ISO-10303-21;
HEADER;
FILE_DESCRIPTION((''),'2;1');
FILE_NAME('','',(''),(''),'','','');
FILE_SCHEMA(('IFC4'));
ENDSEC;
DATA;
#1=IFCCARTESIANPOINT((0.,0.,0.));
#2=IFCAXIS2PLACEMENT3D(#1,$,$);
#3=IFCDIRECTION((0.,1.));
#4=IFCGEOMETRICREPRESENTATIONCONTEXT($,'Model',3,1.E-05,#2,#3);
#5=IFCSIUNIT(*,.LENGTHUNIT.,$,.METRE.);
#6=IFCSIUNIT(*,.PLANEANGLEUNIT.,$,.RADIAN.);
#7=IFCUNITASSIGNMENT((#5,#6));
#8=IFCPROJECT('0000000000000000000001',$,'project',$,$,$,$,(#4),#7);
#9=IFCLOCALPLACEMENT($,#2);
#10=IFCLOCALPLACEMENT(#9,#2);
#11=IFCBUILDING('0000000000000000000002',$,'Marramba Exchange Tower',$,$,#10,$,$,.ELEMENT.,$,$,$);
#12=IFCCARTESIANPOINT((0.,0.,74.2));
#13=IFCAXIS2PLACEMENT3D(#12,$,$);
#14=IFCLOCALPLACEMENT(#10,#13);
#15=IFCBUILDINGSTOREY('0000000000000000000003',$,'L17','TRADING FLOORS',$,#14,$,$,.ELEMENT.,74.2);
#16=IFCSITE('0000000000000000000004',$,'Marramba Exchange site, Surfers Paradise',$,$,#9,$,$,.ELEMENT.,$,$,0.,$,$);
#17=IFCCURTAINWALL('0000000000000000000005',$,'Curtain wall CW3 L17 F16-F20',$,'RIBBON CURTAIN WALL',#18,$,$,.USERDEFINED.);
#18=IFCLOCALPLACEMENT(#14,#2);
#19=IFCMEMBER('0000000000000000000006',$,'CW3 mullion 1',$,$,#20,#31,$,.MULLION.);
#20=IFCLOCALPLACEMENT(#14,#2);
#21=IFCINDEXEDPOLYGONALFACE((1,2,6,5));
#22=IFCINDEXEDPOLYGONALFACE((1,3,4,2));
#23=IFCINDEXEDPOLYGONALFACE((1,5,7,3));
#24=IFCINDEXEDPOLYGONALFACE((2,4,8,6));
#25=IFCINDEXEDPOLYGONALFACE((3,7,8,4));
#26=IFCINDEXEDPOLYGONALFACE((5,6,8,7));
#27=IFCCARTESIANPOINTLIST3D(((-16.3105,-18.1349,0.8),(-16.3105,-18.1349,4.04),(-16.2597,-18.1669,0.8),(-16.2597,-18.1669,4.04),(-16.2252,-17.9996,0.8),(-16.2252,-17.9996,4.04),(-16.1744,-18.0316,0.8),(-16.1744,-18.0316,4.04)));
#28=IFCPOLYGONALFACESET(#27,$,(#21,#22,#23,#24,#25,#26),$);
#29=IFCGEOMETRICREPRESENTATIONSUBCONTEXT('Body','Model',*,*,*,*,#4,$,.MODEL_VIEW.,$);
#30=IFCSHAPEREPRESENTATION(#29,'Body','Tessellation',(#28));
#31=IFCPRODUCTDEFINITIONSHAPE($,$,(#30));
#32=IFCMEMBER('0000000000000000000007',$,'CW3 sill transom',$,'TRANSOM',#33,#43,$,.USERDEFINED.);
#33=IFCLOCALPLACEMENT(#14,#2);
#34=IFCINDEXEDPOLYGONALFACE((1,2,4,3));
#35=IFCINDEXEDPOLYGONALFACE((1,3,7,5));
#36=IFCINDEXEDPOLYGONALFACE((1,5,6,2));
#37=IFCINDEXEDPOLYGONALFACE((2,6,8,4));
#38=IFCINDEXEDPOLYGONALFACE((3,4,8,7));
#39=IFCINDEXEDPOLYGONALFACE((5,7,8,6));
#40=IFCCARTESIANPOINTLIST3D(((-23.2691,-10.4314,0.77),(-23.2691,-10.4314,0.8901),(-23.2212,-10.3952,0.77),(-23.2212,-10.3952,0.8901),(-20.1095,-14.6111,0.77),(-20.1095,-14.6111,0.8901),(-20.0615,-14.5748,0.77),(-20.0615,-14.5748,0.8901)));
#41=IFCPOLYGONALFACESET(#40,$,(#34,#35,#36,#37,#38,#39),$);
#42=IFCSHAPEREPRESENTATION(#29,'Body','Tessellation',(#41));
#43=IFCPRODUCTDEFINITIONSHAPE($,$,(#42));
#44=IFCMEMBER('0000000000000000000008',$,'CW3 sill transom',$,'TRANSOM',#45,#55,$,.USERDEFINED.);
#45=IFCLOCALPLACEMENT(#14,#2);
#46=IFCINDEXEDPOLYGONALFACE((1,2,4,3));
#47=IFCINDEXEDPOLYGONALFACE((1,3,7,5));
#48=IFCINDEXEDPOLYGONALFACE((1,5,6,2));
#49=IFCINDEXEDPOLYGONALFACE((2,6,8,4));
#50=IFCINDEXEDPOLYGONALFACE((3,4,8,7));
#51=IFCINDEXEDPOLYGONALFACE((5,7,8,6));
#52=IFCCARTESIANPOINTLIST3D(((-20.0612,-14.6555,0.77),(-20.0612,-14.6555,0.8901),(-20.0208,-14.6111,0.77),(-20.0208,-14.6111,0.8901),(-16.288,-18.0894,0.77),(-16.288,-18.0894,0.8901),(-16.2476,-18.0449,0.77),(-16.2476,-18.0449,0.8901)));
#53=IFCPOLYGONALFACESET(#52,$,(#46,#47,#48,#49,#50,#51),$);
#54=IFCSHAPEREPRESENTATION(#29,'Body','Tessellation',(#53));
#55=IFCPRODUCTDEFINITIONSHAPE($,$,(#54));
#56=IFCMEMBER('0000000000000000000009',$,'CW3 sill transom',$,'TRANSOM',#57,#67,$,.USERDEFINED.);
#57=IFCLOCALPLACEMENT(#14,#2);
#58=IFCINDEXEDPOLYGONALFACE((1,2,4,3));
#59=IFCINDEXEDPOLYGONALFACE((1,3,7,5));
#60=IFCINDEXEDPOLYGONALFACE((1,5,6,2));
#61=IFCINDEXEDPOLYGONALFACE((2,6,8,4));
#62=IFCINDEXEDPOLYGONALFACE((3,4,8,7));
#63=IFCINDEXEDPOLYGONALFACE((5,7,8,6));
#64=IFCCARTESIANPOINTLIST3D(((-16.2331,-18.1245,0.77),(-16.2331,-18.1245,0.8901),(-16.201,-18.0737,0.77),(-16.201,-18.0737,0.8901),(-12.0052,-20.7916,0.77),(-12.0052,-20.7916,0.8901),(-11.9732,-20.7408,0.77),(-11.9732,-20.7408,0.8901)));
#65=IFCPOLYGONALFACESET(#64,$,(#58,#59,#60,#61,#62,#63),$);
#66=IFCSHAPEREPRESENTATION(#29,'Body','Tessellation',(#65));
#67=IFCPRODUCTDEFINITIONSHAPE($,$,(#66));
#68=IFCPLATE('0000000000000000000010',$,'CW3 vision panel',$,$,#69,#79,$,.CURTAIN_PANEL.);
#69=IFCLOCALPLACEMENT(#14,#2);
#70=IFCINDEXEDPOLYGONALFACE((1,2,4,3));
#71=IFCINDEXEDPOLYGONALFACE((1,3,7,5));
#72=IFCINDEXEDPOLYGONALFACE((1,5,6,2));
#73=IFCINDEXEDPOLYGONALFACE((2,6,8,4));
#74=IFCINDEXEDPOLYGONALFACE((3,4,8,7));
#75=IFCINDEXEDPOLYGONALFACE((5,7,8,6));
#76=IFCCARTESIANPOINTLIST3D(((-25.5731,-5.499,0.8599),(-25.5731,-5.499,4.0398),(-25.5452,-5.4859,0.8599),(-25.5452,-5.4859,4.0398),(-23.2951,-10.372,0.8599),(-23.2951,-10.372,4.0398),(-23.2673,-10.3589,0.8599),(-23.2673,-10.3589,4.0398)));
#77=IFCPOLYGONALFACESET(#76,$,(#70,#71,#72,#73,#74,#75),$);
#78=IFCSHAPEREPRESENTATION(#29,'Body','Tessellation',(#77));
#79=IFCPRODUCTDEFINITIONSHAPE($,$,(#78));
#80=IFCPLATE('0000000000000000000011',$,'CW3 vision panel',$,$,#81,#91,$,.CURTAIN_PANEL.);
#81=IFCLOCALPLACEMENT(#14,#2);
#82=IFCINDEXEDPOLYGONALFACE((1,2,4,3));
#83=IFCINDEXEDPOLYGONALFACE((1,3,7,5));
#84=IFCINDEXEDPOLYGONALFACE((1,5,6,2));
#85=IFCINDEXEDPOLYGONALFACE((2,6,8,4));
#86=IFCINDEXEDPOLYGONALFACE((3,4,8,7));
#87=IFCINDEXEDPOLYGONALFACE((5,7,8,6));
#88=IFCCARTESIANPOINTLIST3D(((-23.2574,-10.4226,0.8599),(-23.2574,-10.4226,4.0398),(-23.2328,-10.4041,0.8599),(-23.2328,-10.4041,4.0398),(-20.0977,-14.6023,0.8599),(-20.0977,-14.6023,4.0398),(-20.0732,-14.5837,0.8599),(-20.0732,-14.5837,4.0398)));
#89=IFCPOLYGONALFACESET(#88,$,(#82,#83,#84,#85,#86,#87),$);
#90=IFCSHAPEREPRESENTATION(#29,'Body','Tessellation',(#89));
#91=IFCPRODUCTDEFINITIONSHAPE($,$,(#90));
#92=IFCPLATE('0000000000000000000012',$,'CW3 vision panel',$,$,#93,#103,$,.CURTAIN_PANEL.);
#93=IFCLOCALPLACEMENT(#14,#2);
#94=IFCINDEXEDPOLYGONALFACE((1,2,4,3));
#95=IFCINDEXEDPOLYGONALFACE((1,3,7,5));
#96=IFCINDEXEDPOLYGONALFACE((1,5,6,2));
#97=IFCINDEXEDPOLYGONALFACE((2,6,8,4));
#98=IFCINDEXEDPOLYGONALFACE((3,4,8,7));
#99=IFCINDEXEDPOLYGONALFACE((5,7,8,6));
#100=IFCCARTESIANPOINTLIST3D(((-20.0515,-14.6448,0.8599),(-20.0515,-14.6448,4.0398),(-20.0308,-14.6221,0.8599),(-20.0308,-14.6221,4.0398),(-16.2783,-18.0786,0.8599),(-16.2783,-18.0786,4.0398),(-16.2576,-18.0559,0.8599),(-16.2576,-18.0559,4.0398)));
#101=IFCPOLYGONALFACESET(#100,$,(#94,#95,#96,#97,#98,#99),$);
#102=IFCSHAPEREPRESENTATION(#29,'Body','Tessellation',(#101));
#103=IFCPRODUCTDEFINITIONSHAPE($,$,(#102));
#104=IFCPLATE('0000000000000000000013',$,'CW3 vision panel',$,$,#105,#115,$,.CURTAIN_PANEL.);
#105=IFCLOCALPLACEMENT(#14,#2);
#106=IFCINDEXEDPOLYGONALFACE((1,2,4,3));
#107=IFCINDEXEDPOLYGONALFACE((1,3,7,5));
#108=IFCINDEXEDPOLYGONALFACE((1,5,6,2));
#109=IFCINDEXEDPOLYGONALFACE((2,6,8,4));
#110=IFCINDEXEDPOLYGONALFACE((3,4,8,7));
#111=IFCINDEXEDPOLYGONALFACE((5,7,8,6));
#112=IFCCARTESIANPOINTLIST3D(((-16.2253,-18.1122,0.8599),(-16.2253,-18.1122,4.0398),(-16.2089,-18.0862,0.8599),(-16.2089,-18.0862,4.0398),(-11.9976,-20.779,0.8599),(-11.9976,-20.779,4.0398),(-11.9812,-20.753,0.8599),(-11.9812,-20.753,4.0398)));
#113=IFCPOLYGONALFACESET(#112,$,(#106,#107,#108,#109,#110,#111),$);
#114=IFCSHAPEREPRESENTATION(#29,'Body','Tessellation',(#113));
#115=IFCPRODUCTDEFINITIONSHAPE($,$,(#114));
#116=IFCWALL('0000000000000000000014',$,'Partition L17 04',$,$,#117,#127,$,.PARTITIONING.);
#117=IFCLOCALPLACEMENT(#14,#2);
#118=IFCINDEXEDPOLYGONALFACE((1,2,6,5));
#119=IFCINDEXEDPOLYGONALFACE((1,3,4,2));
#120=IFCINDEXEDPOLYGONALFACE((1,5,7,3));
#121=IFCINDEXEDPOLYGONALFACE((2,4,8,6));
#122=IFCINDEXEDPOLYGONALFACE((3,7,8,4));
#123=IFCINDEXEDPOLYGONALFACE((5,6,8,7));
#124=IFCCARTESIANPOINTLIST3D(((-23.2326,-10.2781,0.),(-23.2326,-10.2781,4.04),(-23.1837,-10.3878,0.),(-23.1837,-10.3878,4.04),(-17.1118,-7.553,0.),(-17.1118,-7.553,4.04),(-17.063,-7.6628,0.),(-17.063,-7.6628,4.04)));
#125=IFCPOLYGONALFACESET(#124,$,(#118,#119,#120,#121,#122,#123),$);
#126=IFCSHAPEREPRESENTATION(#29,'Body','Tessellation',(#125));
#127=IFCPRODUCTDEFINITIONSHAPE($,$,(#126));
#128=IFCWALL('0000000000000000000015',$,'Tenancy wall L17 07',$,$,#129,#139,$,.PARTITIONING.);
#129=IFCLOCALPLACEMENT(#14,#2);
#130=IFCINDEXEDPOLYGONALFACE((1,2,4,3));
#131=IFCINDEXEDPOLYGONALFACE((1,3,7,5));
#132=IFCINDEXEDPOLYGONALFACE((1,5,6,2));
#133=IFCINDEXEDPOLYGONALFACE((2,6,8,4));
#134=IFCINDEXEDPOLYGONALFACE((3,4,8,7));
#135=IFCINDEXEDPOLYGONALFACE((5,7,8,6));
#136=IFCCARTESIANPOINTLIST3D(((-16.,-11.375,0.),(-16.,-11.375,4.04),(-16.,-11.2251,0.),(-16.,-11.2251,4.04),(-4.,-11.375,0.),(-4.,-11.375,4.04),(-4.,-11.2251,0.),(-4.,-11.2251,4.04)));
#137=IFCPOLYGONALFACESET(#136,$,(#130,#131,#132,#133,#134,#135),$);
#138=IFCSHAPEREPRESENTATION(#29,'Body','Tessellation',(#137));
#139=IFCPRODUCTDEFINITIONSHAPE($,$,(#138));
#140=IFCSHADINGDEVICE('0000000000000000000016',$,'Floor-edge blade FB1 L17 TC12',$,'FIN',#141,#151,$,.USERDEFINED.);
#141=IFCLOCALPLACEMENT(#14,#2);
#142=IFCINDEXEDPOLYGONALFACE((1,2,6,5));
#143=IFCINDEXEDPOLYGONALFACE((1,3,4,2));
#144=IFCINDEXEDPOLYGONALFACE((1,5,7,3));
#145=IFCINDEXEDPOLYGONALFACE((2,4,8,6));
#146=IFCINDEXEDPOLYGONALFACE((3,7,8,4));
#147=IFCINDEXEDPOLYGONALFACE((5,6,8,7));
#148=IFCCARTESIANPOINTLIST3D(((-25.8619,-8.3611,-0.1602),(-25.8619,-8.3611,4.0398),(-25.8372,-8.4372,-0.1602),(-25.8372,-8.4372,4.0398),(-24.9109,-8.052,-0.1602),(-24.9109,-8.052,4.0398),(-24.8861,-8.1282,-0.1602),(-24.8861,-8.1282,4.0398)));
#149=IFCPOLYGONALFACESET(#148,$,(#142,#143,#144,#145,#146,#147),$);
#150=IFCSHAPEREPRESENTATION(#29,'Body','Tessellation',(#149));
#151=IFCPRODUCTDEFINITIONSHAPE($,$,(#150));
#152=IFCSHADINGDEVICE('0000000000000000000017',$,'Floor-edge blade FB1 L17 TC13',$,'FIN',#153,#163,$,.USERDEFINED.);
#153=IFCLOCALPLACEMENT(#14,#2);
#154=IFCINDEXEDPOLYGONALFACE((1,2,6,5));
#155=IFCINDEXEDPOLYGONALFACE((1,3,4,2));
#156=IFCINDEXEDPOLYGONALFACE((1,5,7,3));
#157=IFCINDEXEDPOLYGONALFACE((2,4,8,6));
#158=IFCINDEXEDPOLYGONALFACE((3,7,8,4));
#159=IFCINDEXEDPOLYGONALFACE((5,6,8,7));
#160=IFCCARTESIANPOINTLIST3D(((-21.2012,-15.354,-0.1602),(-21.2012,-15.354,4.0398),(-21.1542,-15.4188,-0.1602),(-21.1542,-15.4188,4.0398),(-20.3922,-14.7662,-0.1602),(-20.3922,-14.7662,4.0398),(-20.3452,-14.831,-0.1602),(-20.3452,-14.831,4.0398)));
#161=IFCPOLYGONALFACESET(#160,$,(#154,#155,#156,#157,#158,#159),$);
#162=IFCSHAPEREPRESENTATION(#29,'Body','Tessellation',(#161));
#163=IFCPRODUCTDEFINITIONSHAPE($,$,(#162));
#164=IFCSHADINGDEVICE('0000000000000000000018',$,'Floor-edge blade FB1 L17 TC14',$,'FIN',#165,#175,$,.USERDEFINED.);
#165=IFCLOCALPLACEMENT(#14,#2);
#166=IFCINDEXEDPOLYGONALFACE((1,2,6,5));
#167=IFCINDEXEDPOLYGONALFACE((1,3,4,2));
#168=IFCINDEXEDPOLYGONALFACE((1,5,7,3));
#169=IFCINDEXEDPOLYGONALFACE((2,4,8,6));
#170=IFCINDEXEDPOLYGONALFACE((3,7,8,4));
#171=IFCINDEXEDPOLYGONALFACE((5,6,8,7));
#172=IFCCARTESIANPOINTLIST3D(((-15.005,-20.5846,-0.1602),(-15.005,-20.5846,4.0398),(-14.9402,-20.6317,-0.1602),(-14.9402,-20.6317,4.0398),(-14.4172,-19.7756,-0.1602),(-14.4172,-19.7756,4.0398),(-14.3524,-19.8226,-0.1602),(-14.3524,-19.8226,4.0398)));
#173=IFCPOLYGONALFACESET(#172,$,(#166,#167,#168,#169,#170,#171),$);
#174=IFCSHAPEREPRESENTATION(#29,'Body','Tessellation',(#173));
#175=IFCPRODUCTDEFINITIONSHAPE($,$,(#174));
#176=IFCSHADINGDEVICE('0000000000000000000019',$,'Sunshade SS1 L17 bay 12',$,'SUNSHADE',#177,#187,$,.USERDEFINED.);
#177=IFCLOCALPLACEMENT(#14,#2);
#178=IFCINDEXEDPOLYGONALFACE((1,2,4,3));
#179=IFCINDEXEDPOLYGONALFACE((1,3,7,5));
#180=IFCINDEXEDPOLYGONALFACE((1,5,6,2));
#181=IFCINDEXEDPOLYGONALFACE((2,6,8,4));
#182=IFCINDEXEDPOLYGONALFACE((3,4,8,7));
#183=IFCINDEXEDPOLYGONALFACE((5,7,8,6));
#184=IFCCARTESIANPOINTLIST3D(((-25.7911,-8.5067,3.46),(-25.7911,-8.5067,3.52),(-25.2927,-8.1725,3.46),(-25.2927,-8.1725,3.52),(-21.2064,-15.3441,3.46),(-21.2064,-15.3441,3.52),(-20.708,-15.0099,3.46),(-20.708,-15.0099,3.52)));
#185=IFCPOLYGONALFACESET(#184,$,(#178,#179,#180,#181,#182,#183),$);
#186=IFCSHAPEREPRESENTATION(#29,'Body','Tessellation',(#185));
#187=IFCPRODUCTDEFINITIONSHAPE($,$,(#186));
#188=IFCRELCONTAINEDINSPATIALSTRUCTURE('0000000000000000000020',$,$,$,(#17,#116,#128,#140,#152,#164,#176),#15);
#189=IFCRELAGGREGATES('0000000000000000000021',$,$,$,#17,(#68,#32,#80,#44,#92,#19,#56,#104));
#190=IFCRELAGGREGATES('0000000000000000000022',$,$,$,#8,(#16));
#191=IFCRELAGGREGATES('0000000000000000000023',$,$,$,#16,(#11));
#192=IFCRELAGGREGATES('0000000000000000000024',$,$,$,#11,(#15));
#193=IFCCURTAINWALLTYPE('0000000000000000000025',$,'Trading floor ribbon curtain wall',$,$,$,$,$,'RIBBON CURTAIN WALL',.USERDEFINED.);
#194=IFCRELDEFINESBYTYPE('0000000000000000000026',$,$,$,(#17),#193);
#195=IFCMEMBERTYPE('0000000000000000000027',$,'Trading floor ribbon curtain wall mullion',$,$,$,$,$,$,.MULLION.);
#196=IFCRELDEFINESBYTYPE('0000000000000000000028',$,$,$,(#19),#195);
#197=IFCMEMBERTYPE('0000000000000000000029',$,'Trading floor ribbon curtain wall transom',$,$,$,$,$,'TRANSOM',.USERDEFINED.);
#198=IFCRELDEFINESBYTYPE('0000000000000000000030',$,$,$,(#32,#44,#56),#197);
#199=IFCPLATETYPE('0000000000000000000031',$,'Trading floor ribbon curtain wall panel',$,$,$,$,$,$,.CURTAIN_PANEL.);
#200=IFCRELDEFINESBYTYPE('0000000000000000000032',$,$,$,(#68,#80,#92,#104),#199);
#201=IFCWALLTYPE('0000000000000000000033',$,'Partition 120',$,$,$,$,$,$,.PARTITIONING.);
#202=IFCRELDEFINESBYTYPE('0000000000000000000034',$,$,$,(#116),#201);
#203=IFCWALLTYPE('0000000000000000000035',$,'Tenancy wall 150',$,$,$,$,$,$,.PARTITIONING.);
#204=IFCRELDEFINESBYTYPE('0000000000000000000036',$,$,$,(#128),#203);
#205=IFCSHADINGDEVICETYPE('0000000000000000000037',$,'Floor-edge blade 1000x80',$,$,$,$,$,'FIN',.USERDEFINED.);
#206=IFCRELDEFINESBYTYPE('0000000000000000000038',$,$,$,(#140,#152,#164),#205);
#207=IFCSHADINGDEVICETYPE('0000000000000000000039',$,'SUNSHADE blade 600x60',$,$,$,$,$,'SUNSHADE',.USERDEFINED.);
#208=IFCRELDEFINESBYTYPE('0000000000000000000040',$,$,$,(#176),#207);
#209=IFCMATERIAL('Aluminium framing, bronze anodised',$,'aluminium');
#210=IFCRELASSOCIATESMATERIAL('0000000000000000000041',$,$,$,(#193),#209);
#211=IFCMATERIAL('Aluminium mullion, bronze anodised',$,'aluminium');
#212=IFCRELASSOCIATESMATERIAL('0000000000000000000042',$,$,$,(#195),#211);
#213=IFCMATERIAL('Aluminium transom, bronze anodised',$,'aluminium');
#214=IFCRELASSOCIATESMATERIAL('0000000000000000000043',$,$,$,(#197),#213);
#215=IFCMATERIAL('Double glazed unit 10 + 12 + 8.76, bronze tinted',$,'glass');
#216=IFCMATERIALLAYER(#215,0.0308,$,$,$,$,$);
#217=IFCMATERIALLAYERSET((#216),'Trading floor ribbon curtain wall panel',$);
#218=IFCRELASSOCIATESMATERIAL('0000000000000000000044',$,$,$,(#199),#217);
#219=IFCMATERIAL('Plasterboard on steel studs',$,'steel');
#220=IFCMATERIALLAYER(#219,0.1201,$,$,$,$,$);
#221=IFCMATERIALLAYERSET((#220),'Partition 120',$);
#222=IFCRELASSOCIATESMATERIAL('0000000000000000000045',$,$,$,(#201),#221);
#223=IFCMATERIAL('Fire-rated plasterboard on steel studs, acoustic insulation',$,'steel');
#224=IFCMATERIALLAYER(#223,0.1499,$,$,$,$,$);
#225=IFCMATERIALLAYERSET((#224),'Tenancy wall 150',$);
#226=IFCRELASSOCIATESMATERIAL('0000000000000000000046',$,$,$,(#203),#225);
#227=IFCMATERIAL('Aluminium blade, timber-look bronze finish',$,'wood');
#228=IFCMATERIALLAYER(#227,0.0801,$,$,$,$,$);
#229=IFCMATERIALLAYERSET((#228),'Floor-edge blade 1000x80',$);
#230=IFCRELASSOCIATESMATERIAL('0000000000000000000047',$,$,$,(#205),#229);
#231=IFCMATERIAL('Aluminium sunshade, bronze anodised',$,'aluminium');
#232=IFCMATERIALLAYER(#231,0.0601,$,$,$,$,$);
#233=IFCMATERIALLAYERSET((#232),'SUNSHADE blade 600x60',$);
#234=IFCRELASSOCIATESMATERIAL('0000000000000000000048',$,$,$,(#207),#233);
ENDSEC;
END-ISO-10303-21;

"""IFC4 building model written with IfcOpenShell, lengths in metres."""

from ifc_helpers import new_model, si_unit, direction, frame, frame_2d, origin, origin_2d, place, context, subcontext, project, spatial, rectangle, extrude, material, layer, layer_set, material_profile, profile_set, type_object, element, aggregate, save


model = new_model("IFC4")

# Units and contexts
model_context = context("Model", 3, precision=1e-05, world=origin(), true_north=direction((0.0, 1.0)))
body_context = subcontext(model_context, "Body", "Model", "MODEL_VIEW")
ifc_project = project(units=[si_unit("LENGTHUNIT", "METRE"), si_unit("PLANEANGLEUNIT", "RADIAN")], contexts=[model_context])

# Site, building, storey
site_placement = place(None, origin())
site = spatial("IfcSite", under=ifc_project, at=site_placement, Name="Marramba Exchange site, Surfers Paradise", CompositionType="ELEMENT", RefElevation=0.0)
building_placement = place(site_placement, origin())
building = spatial("IfcBuilding", under=site, at=building_placement, Name="Marramba Exchange Tower", CompositionType="ELEMENT")
storey_placement = place(building_placement, frame((0.0, 0.0, 74.2)))
storey = spatial("IfcBuildingStorey", under=building, at=storey_placement, Name="L17", Description="TRADING FLOORS", CompositionType="ELEMENT", Elevation=74.2)

# Curtain wall, members, plates
ifc_material_1 = material(Name="Aluminium framing, bronze anodised", Category="aluminium")
curtain_wall_type = type_object("IfcCurtainWallType", Name="Trading floor ribbon curtain wall", ElementType="RIBBON CURTAIN WALL", PredefinedType="USERDEFINED", material=ifc_material_1)
curtain_wall_placement = place(storey_placement, origin())
curtain_wall = element("IfcCurtainWall", 1, at=curtain_wall_placement, inside=storey, type_object=curtain_wall_type, Name="Curtain wall CW3 L17 F16-F20", ObjectType="RIBBON CURTAIN WALL", PredefinedType="USERDEFINED")
ifc_material_2 = material(Name="Aluminium mullion, bronze anodised", Category="aluminium")
ifc_material_profile_1 = material_profile(ifc_material_2, rectangle(XDim=0.1599, YDim=0.0601, at=origin_2d()), Name="CW3 mullion 60x160")
ifc_profile_set_1 = profile_set([ifc_material_profile_1], Name="Aluminium mullion, bronze anodised")
member_type_1 = type_object("IfcMemberType", Name="Trading floor ribbon curtain wall mullion", PredefinedType="MULLION", material=ifc_profile_set_1)
member_1_placement = place(storey_placement, frame((-16.2424, -18.0833, 0.8), z_axis=(0.0, 0.0, 1.0), x_axis=(0.533515, 0.845791, 0.0)))
member_1 = element("IfcMember", 2, at=member_1_placement, type_object=member_type_1, Name="CW3 mullion 1", PredefinedType="MULLION", context=body_context, shape_type="SweptSolid", body=[
    extrude(rectangle(XDim=0.1599, YDim=0.0601, at=origin_2d()), origin(), (0.0, 0.0, 1.0), 3.24),
])
ifc_material_3 = material(Name="Aluminium transom, bronze anodised", Category="aluminium")
ifc_material_profile_2 = material_profile(ifc_material_3, rectangle(XDim=0.0601, YDim=0.1201, at=origin_2d()), Name="CW3 transom 60x120")
ifc_profile_set_2 = profile_set([ifc_material_profile_2], Name="Aluminium transom, bronze anodised")
member_type_2 = type_object("IfcMemberType", Name="Trading floor ribbon curtain wall transom", ElementType="TRANSOM", PredefinedType="USERDEFINED", material=ifc_profile_set_2)
member_2_placement = place(storey_placement, frame((-23.2451, -10.4133, 0.8301), z_axis=(0.603037, -0.797713, 0.0), x_axis=(0.797713, 0.603037, 0.0)))
member_2 = element("IfcMember", 3, at=member_2_placement, type_object=member_type_2, Name="CW3 sill transom", ObjectType="TRANSOM", PredefinedType="USERDEFINED", context=body_context, shape_type="SweptSolid", body=[
    extrude(rectangle(XDim=0.0601, YDim=0.1201, at=origin_2d()), origin(), (0.0, 0.0, 1.0), 5.2395),
])
member_3_placement = place(storey_placement, frame((-20.041, -14.6333, 0.8301), z_axis=(0.739583, -0.673066, 0.0), x_axis=(0.673066, 0.739583, 0.0)))
member_3 = element("IfcMember", 4, at=member_3_placement, type_object=member_type_2, Name="CW3 sill transom", ObjectType="TRANSOM", PredefinedType="USERDEFINED", context=body_context, shape_type="SweptSolid", body=[
    extrude(rectangle(XDim=0.0601, YDim=0.1201, at=origin_2d()), origin(), (0.0, 0.0, 1.0), 5.1018),
])
member_4_placement = place(storey_placement, frame((-16.217, -18.0991, 0.8301), z_axis=(0.845777, -0.533537, 0.0), x_axis=(0.533537, 0.845777, 0.0)))
member_4 = element("IfcMember", 5, at=member_4_placement, type_object=member_type_2, Name="CW3 sill transom", ObjectType="TRANSOM", PredefinedType="USERDEFINED", context=body_context, shape_type="SweptSolid", body=[
    extrude(rectangle(XDim=0.0601, YDim=0.1201, at=origin_2d()), origin(), (0.0, 0.0, 1.0), 4.9988),
])
ifc_material_4 = material(Name="Double glazed unit 10 + 12 + 8.76, bronze tinted", Category="glass")
ifc_layer_1 = layer(ifc_material_4, 0.0308)
ifc_layer_set_1 = layer_set([ifc_layer_1], Name="Trading floor ribbon curtain wall panel")
plate_type = type_object("IfcPlateType", Name="Trading floor ribbon curtain wall panel", PredefinedType="CURTAIN_PANEL", material=ifc_layer_set_1)
plate_1_placement = place(storey_placement, frame((-24.4202, -7.929, 0.8599), z_axis=(0.0, 0.0, 1.0), x_axis=(0.423477, -0.905907, 0.0)))
plate_1 = element("IfcPlate", 6, at=plate_1_placement, type_object=plate_type, Name="CW3 vision panel", PredefinedType="CURTAIN_PANEL", context=body_context, shape_type="SweptSolid", body=[
    extrude(rectangle(XDim=5.3792, YDim=0.0308, at=origin_2d()), origin(), (0.0, 0.0, 1.0), 3.1799),
])
plate_2_placement = place(storey_placement, frame((-21.6653, -12.5032, 0.8599), z_axis=(0.0, 0.0, 1.0), x_axis=(0.60304, -0.797711, 0.0)))
plate_2 = element("IfcPlate", 7, at=plate_2_placement, type_object=plate_type, Name="CW3 vision panel", PredefinedType="CURTAIN_PANEL", context=body_context, shape_type="SweptSolid", body=[
    extrude(rectangle(XDim=5.2395, YDim=0.0308, at=origin_2d()), origin(), (0.0, 0.0, 1.0), 3.1799),
])
plate_3_placement = place(storey_placement, frame((-18.1545, -16.3503, 0.8599), z_axis=(0.0, 0.0, 1.0), x_axis=(0.73959, -0.673058, 0.0)))
plate_3 = element("IfcPlate", 8, at=plate_3_placement, type_object=plate_type, Name="CW3 vision panel", PredefinedType="CURTAIN_PANEL", context=body_context, shape_type="SweptSolid", body=[
    extrude(rectangle(XDim=5.1018, YDim=0.0308, at=origin_2d()), origin(), (0.0, 0.0, 1.0), 3.1799),
])
plate_4_placement = place(storey_placement, frame((-14.1033, -19.4326, 0.8599), z_axis=(0.0, 0.0, 1.0), x_axis=(0.845791, -0.533515, 0.0)))
plate_4 = element("IfcPlate", 9, at=plate_4_placement, type_object=plate_type, Name="CW3 vision panel", PredefinedType="CURTAIN_PANEL", context=body_context, shape_type="SweptSolid", body=[
    extrude(rectangle(XDim=4.9985, YDim=0.0308, at=origin_2d()), origin(), (0.0, 0.0, 1.0), 3.1799),
])
aggregate(curtain_wall, [plate_1, member_2, plate_2, member_3, plate_3, member_1, member_4, plate_4])

# Walls
ifc_material_5 = material(Name="Plasterboard on steel studs", Category="steel")
ifc_layer_2 = layer(ifc_material_5, 0.1201)
ifc_layer_set_2 = layer_set([ifc_layer_2], Name="Partition 120")
wall_type_1 = type_object("IfcWallType", Name="Partition 120", PredefinedType="PARTITIONING", material=ifc_layer_set_2)
wall_1_placement = place(storey_placement, frame((-23.2083, -10.333, 0.0), z_axis=(0.0, 0.0, 1.0), x_axis=(0.91355, 0.406727, 0.0)))
element("IfcWall", 10, at=wall_1_placement, inside=storey, type_object=wall_type_1, Name="Partition L17 04", PredefinedType="PARTITIONING", context=body_context, shape_type="SweptSolid", body=[
    extrude(rectangle(XDim=6.7, YDim=0.1201, at=frame_2d((3.3501, 0.0))), origin(), (0.0, 0.0, 1.0), 4.04),
])
ifc_material_6 = material(Name="Fire-rated plasterboard on steel studs, acoustic insulation", Category="steel")
ifc_layer_3 = layer(ifc_material_6, 0.1499)
ifc_layer_set_3 = layer_set([ifc_layer_3], Name="Tenancy wall 150")
wall_type_2 = type_object("IfcWallType", Name="Tenancy wall 150", PredefinedType="PARTITIONING", material=ifc_layer_set_3)
wall_2_placement = place(storey_placement, frame((-16.0, -11.3, 0.0), z_axis=(0.0, 0.0, 1.0), x_axis=(1.0, 0.0, 0.0)))
element("IfcWall", 11, at=wall_2_placement, inside=storey, type_object=wall_type_2, Name="Tenancy wall L17 07", PredefinedType="PARTITIONING", context=body_context, shape_type="SweptSolid", body=[
    extrude(rectangle(XDim=12.0, YDim=0.1499, at=frame_2d((6.0, 0.0))), origin(), (0.0, 0.0, 1.0), 4.04),
])

# Shading devices
ifc_material_7 = material(Name="Aluminium blade, timber-look bronze finish", Category="wood")
ifc_layer_4 = layer(ifc_material_7, 0.0801)
ifc_layer_set_4 = layer_set([ifc_layer_4], Name="Floor-edge blade 1000x80")
shading_device_type_1 = type_object("IfcShadingDeviceType", Name="Floor-edge blade 1000x80", ElementType="FIN", PredefinedType="USERDEFINED", material=ifc_layer_set_4)
for number, where, z_axis, x_axis, name in (
    (12, (-25.374, -8.2446, -0.1602), (0.0, 0.0, 1.0), (-0.951057, -0.309017, 0.0), "Floor-edge blade FB1 L17 TC12"),
    (13, (-20.7732, -15.0925, -0.1602), (0.0, 0.0, 1.0), (-0.809017, -0.587785, 0.0), "Floor-edge blade FB1 L17 TC13"),
    (14, (-14.6787, -20.2036, -0.1602), (0.0, 0.0, 1.0), (-0.587785, -0.809017, 0.0), "Floor-edge blade FB1 L17 TC14"),
):
    element("IfcShadingDevice", number, at=place(storey_placement, frame(where, z_axis=z_axis, x_axis=x_axis)), inside=storey, type_object=shading_device_type_1, Name=name, ObjectType="FIN", PredefinedType="USERDEFINED", context=body_context, shape_type="SweptSolid", body=[
        extrude(rectangle(XDim=1.0, YDim=0.0801, at=origin_2d()), origin(), (0.0, 0.0, 1.0), 4.2),
    ])
ifc_material_8 = material(Name="Aluminium sunshade, bronze anodised", Category="aluminium")
ifc_layer_5 = layer(ifc_material_8, 0.0601)
ifc_layer_set_5 = layer_set([ifc_layer_5], Name="SUNSHADE blade 600x60")
shading_device_type_2 = type_object("IfcShadingDeviceType", Name="SUNSHADE blade 600x60", ElementType="SUNSHADE", PredefinedType="USERDEFINED", material=ifc_layer_set_5)
shading_device_1_placement = place(storey_placement, frame((-23.2495, -11.7583, 3.46), z_axis=(0.0, 0.0, 1.0), x_axis=(0.556924, -0.830563, 0.0)))
element("IfcShadingDevice", 15, at=shading_device_1_placement, inside=storey, type_object=shading_device_type_2, Name="Sunshade SS1 L17 bay 12", ObjectType="SUNSHADE", PredefinedType="USERDEFINED", context=body_context, shape_type="SweptSolid", body=[
    extrude(rectangle(XDim=8.2322, YDim=0.6001, at=origin_2d()), origin(), (0.0, 0.0, 1.0), 0.0601),
])

save(model, "model.ifc")
